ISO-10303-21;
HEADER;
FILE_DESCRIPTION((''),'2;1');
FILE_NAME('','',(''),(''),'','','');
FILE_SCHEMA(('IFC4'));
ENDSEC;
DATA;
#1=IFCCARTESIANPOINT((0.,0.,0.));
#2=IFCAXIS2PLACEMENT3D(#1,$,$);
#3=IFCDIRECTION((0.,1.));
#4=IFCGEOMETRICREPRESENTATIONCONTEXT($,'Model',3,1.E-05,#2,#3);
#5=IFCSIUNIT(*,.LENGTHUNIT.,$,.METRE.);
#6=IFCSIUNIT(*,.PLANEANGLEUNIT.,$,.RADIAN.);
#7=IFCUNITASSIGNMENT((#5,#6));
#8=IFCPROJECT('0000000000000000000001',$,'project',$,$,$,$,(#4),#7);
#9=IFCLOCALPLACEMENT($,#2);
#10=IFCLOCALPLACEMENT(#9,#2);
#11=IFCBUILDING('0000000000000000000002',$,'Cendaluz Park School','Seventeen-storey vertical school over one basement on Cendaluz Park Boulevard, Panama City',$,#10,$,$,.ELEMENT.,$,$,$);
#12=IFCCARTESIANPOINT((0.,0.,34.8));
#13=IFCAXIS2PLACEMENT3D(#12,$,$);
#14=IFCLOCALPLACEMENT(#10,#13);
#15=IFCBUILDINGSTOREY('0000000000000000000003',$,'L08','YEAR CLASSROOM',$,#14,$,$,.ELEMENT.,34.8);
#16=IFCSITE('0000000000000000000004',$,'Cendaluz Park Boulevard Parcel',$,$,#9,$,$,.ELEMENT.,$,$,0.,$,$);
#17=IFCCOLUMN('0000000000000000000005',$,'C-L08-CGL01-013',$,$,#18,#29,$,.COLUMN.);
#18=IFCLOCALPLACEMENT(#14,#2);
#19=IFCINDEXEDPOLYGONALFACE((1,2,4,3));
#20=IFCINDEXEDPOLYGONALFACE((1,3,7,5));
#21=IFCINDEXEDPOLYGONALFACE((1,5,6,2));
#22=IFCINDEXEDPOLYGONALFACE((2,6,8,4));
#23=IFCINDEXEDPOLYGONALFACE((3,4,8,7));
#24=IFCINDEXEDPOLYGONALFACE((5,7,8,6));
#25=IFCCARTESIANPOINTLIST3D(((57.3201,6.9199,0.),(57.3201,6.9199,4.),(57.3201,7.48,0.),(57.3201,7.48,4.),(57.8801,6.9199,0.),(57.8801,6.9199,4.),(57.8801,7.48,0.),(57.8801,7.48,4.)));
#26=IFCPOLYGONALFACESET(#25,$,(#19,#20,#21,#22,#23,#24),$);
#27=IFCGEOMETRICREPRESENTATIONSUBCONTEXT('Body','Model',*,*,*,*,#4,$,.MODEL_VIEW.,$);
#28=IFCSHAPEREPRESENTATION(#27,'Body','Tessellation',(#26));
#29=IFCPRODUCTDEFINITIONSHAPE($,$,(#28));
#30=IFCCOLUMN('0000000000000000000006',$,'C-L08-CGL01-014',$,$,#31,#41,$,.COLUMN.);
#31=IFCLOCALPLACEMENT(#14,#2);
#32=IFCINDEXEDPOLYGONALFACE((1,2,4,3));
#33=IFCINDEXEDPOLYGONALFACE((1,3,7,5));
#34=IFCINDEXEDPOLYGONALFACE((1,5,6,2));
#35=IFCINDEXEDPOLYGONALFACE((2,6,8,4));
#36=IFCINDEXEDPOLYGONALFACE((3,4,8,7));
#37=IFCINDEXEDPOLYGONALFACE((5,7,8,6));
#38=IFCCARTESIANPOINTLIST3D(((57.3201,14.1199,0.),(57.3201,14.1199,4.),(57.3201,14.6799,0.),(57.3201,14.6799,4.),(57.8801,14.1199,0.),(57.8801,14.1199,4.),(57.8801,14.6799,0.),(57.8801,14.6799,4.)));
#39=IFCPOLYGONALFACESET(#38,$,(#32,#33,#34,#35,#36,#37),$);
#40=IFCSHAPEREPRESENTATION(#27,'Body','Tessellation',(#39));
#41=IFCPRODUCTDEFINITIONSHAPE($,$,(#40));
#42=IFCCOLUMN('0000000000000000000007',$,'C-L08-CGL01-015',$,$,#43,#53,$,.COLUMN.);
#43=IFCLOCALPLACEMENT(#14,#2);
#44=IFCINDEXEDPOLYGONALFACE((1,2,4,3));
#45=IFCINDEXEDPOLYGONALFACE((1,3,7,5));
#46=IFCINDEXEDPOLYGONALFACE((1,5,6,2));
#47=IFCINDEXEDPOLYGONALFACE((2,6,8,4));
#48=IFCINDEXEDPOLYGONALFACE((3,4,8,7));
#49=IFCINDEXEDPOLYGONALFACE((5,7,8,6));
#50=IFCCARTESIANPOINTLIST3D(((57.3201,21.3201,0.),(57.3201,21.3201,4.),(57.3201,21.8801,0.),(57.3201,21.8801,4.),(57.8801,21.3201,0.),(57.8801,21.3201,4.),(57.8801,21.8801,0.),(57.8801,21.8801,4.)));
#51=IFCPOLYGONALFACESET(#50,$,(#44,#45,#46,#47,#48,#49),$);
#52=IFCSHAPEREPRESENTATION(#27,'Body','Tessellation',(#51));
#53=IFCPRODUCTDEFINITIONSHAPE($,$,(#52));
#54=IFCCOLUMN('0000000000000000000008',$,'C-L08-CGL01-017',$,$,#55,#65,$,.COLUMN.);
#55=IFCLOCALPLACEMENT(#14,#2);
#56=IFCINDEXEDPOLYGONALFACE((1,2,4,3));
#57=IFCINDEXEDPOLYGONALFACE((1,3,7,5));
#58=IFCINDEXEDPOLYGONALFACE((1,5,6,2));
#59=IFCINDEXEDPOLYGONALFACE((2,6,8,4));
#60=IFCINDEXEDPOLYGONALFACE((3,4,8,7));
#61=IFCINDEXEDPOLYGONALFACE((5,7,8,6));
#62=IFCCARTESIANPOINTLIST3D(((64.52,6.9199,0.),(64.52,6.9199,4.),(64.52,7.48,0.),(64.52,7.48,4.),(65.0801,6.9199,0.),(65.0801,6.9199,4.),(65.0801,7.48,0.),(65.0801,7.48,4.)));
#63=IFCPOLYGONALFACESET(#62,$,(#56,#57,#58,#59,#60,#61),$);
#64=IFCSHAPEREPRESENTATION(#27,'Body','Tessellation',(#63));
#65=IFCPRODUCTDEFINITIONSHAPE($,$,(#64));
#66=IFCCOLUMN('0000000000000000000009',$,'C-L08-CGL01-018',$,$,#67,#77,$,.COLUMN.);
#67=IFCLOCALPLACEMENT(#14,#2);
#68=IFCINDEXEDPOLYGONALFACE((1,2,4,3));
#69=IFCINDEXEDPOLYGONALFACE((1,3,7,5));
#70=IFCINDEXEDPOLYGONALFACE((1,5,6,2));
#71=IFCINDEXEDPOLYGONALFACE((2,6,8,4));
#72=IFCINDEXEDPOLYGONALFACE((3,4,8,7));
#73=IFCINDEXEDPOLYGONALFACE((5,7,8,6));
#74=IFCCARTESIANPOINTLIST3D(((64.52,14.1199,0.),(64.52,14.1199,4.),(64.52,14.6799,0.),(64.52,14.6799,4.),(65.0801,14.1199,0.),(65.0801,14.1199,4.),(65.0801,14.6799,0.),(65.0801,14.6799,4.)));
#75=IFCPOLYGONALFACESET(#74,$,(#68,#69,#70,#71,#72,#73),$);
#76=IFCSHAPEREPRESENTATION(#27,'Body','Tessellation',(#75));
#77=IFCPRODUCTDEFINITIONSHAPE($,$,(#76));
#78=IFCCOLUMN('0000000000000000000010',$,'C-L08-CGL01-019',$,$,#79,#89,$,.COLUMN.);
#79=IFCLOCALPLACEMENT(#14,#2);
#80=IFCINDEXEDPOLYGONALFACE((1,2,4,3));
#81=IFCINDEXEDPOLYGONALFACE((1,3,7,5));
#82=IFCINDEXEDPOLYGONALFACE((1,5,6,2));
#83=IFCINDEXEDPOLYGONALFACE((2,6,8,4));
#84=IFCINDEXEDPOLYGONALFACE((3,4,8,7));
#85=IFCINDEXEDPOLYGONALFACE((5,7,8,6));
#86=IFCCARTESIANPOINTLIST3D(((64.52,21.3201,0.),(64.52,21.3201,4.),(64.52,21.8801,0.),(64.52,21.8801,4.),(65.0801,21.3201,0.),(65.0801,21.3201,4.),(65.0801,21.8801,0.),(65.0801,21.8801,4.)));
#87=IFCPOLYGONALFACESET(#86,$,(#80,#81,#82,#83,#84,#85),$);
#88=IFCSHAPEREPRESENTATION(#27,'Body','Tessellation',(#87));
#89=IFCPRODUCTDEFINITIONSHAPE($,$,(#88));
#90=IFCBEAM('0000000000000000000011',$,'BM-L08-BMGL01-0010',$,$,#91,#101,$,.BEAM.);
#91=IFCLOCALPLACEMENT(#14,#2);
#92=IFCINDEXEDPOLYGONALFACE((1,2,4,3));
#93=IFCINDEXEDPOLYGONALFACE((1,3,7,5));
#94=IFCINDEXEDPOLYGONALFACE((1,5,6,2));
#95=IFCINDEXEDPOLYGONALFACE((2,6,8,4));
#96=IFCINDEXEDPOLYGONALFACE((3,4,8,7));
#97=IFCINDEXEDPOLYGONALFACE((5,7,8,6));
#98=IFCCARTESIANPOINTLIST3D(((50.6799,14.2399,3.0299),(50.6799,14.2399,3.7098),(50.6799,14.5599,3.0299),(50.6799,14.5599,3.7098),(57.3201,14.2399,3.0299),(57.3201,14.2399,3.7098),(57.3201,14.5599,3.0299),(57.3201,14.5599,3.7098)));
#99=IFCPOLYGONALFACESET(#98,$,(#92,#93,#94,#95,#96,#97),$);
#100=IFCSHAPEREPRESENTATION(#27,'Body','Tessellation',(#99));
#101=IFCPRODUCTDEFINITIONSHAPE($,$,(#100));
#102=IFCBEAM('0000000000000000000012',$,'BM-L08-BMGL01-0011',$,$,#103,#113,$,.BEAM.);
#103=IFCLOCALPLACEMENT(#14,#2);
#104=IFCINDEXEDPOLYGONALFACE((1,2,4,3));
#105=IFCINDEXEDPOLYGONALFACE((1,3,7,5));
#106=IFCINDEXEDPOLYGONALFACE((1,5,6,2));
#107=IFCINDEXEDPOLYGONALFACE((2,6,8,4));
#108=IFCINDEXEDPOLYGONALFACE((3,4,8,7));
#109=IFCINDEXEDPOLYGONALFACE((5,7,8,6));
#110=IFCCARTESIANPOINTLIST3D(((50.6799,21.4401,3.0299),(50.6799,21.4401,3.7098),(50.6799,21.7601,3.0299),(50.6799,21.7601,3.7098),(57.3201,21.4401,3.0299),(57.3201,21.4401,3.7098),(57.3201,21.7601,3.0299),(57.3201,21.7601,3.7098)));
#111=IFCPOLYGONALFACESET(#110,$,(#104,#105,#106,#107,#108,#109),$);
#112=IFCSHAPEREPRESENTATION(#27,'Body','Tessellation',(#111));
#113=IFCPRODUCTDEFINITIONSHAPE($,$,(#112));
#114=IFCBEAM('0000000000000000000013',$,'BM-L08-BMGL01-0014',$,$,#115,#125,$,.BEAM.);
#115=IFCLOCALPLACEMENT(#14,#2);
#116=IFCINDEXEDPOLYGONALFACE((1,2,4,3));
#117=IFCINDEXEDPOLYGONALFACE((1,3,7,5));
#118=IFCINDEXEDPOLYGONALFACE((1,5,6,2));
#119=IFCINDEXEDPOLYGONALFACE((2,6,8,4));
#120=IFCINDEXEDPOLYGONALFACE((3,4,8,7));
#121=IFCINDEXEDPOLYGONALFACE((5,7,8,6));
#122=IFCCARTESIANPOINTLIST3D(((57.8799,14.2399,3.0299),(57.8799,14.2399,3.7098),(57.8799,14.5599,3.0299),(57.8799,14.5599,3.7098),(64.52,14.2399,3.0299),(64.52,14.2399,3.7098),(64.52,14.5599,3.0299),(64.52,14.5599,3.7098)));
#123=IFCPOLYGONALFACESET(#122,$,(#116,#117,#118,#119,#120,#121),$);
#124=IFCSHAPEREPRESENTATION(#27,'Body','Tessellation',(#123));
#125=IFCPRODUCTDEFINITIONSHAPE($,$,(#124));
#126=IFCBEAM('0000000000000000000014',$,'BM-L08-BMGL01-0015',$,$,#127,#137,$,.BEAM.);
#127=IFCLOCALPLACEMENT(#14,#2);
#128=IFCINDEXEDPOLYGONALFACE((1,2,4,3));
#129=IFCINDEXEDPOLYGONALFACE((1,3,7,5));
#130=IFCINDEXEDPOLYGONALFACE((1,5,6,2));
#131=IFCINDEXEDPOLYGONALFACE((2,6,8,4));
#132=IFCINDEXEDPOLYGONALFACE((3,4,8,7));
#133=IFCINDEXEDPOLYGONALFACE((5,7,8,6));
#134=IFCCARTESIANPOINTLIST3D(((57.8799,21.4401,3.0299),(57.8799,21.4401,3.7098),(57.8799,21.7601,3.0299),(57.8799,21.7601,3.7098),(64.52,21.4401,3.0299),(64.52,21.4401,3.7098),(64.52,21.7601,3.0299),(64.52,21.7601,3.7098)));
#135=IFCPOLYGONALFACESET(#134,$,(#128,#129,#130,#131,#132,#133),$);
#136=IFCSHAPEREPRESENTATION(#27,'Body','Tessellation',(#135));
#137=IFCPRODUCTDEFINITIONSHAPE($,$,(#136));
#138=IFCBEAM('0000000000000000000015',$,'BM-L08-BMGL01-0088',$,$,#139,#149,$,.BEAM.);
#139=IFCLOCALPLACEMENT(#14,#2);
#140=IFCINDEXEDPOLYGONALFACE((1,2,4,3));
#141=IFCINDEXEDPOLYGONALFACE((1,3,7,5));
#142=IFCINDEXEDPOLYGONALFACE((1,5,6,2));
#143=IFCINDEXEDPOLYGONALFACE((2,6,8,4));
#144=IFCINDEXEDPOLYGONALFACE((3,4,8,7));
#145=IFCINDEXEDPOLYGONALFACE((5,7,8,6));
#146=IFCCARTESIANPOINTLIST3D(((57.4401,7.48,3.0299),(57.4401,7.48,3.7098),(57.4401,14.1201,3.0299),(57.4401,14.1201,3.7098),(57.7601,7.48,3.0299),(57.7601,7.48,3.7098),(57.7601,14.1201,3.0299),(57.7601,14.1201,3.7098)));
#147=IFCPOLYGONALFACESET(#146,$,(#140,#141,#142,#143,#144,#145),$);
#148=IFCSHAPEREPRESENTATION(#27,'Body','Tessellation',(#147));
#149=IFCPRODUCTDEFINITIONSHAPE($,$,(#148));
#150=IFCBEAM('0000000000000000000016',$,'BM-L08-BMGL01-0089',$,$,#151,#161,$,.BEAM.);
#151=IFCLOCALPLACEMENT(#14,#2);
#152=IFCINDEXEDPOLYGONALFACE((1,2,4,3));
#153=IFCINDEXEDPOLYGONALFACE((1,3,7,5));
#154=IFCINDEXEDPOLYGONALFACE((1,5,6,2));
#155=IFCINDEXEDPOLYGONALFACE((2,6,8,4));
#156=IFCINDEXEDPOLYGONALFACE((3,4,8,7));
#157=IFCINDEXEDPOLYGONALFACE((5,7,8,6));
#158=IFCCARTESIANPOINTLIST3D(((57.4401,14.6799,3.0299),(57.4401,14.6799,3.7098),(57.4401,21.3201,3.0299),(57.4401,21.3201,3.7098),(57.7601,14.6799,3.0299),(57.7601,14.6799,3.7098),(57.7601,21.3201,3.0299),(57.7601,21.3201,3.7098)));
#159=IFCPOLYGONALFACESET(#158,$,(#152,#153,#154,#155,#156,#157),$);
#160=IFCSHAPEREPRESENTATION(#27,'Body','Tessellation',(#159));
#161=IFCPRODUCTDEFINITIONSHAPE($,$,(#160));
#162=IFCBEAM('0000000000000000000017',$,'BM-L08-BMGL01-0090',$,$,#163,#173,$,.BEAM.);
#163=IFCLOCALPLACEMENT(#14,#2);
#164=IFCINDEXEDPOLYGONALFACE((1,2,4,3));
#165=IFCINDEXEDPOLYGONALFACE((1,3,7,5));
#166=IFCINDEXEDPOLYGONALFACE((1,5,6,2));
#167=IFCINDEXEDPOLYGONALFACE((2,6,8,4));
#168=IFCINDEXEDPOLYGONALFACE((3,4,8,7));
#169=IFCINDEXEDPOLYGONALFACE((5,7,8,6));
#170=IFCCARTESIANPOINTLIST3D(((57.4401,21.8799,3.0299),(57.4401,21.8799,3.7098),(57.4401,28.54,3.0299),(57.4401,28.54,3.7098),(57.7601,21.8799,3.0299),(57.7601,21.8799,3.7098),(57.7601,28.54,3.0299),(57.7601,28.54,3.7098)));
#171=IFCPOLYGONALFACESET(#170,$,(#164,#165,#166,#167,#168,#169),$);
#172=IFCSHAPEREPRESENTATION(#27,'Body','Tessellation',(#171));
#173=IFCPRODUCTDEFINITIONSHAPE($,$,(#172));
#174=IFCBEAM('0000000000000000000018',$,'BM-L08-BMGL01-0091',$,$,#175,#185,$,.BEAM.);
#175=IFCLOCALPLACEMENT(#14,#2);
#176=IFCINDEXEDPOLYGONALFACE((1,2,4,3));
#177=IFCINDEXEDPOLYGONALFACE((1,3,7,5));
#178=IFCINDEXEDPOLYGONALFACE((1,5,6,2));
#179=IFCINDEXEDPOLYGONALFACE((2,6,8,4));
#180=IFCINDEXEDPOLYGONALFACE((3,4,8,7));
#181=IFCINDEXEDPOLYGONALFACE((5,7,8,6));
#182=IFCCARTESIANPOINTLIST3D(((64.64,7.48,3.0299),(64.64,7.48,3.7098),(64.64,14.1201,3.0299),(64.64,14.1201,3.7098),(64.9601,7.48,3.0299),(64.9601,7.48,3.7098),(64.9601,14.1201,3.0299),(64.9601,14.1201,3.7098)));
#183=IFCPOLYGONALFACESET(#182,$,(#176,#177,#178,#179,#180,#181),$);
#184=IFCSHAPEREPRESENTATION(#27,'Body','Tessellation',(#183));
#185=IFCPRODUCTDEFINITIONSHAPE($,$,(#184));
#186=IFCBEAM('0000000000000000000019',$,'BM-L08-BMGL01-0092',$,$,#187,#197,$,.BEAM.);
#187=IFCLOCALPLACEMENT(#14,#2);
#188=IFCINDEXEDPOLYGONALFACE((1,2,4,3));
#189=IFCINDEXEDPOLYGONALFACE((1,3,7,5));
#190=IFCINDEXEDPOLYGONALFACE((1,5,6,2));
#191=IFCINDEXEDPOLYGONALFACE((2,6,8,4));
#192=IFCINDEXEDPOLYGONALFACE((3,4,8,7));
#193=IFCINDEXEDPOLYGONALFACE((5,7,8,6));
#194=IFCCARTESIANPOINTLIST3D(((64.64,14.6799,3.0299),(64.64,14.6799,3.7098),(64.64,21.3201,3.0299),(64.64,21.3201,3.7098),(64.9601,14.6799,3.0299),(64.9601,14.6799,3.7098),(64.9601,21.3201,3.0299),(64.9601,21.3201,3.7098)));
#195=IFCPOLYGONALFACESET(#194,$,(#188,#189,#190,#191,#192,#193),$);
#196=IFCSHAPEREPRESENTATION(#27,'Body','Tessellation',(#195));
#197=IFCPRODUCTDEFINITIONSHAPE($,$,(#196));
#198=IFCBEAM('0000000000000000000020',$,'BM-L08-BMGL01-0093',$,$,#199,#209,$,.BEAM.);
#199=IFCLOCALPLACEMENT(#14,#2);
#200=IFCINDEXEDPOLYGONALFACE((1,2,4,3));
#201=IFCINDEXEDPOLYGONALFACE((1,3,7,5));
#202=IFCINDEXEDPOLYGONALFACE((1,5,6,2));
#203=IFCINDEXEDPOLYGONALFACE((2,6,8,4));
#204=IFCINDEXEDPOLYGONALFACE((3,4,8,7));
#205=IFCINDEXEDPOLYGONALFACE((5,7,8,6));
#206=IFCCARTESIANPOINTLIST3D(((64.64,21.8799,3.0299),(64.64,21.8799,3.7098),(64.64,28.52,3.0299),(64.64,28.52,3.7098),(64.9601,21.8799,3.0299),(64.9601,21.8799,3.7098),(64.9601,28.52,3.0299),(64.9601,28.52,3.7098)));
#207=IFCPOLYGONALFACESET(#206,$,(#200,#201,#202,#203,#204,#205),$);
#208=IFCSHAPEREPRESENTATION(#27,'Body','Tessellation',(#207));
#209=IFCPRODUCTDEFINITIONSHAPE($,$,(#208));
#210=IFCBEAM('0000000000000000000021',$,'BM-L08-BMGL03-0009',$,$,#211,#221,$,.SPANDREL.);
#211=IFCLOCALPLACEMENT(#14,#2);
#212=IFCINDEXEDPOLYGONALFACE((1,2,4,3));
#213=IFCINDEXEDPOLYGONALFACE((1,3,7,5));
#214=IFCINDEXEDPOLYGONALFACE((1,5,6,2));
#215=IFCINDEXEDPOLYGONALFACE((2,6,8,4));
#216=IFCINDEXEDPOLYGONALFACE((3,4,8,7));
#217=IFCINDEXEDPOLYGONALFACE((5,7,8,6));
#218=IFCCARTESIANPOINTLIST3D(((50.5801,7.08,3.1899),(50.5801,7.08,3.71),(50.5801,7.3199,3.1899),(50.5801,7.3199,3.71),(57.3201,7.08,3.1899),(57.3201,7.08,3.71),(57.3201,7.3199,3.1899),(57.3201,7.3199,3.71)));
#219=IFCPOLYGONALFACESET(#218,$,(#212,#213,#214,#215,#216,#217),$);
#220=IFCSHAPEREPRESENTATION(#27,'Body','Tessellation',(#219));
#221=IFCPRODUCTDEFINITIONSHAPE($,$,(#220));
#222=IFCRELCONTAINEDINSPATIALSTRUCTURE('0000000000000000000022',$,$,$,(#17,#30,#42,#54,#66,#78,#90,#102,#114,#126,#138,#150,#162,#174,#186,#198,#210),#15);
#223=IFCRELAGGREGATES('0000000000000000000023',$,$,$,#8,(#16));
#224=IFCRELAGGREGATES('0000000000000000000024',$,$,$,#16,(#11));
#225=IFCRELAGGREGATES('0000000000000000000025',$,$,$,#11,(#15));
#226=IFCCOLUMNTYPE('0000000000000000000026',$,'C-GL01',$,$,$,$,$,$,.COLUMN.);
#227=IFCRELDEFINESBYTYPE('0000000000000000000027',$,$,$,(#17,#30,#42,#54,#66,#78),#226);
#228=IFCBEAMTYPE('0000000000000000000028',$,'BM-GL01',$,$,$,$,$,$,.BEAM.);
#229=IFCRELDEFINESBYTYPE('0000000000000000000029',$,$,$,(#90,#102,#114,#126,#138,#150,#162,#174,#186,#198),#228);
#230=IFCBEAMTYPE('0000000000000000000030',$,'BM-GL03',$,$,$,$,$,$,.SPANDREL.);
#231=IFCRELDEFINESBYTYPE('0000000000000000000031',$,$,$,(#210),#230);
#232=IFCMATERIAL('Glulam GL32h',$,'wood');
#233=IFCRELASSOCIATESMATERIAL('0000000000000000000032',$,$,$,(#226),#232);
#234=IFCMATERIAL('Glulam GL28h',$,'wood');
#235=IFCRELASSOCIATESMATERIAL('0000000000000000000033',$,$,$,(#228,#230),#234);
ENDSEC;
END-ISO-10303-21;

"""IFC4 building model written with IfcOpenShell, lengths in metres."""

from ifc_helpers import new_model, si_unit, direction, frame, origin, origin_2d, place, context, subcontext, project, spatial, rectangle, extrude, material, material_profile, profile_set, type_object, element, save


model = new_model("IFC4")

# Units and contexts
model_context = context("Model", 3, precision=1e-05, world=origin(), true_north=direction((0.0, 1.0)))
body_context = subcontext(model_context, "Body", "Model", "MODEL_VIEW")
ifc_project = project(units=[si_unit("LENGTHUNIT", "METRE"), si_unit("PLANEANGLEUNIT", "RADIAN")], contexts=[model_context])

# Site, building, storey
site_placement = place(None, origin())
site = spatial("IfcSite", under=ifc_project, at=site_placement, Name="Cendaluz Park Boulevard Parcel", CompositionType="ELEMENT", RefElevation=0.0)
building_placement = place(site_placement, origin())
building = spatial("IfcBuilding", under=site, at=building_placement, Name="Cendaluz Park School", Description="Seventeen-storey vertical school over one basement on Cendaluz Park Boulevard, Panama City", CompositionType="ELEMENT")
storey_placement = place(building_placement, frame((0.0, 0.0, 34.8)))
storey = spatial("IfcBuildingStorey", under=building, at=storey_placement, Name="L08", Description="YEAR CLASSROOM", CompositionType="ELEMENT", Elevation=34.8)

# Columns
ifc_material_1 = material(Name="Glulam GL32h", Category="wood")
ifc_material_profile_1 = material_profile(ifc_material_1, rectangle(XDim=0.5601, YDim=0.5601, at=origin_2d()), Name="GL32h 560x560", Category="wood")
ifc_profile_set_1 = profile_set([ifc_material_profile_1], Name="Glulam GL32h")
column_type = type_object("IfcColumnType", Name="C-GL01", PredefinedType="COLUMN", material=ifc_profile_set_1)
for number, where, z_axis, x_axis, name in (
    (1, (57.6001, 7.2, 0.0), (0.0, 0.0, 1.0), (1.0, 0.0, 0.0), "C-L08-CGL01-013"),
    (2, (57.6001, 14.3999, 0.0), (0.0, 0.0, 1.0), (1.0, 0.0, 0.0), "C-L08-CGL01-014"),
    (3, (57.6001, 21.6001, 0.0), (0.0, 0.0, 1.0), (1.0, 0.0, 0.0), "C-L08-CGL01-015"),
    (4, (64.8, 7.2, 0.0), (0.0, 0.0, 1.0), (1.0, 0.0, 0.0), "C-L08-CGL01-017"),
    (5, (64.8, 14.3999, 0.0), (0.0, 0.0, 1.0), (1.0, 0.0, 0.0), "C-L08-CGL01-018"),
    (6, (64.8, 21.6001, 0.0), (0.0, 0.0, 1.0), (1.0, 0.0, 0.0), "C-L08-CGL01-019"),
):
    element("IfcColumn", number, at=place(storey_placement, frame(where, z_axis=z_axis, x_axis=x_axis)), inside=storey, type_object=column_type, Name=name, PredefinedType="COLUMN", context=body_context, shape_type="SweptSolid", body=[
        extrude(rectangle(XDim=0.5601, YDim=0.5601, at=origin_2d()), origin(), (0.0, 0.0, 1.0), 4.0),
    ])

# Beams
ifc_material_2 = material(Name="Glulam GL28h", Category="wood")
ifc_material_profile_2 = material_profile(ifc_material_2, rectangle(XDim=0.3201, YDim=0.6799, at=origin_2d()), Name="GL28h 320x680", Category="wood")
ifc_profile_set_2 = profile_set([ifc_material_profile_2], Name="Glulam GL28h")
beam_type_1 = type_object("IfcBeamType", Name="BM-GL01", PredefinedType="BEAM", material=ifc_profile_set_2)
for number, where, z_axis, x_axis, name in (
    (7, (50.6799, 14.3999, 3.3699), (1.0, 0.0, 0.0), (0.0, 1.0, 0.0), "BM-L08-BMGL01-0010"),
    (8, (50.6799, 21.6001, 3.3699), (1.0, 0.0, 0.0), (0.0, 1.0, 0.0), "BM-L08-BMGL01-0011"),
    (9, (57.8799, 14.3999, 3.3699), (1.0, 0.0, 0.0), (0.0, 1.0, 0.0), "BM-L08-BMGL01-0014"),
    (10, (57.8799, 21.6001, 3.3699), (1.0, 0.0, 0.0), (0.0, 1.0, 0.0), "BM-L08-BMGL01-0015"),
    (11, (57.6001, 7.48, 3.3699), (0.0, 1.0, 0.0), (-1.0, 0.0, 0.0), "BM-L08-BMGL01-0088"),
    (12, (57.6001, 14.6799, 3.3699), (0.0, 1.0, 0.0), (-1.0, 0.0, 0.0), "BM-L08-BMGL01-0089"),
):
    element("IfcBeam", number, at=place(storey_placement, frame(where, z_axis=z_axis, x_axis=x_axis)), inside=storey, type_object=beam_type_1, Name=name, PredefinedType="BEAM", context=body_context, shape_type="SweptSolid", body=[
        extrude(rectangle(XDim=0.3201, YDim=0.6799, at=origin_2d()), origin(), (0.0, 0.0, 1.0), 6.6401),
    ])
beam_1_placement = place(storey_placement, frame((57.6001, 21.8799, 3.3699), z_axis=(0.0, 1.0, 0.0), x_axis=(-1.0, 0.0, 0.0)))
element("IfcBeam", 13, at=beam_1_placement, inside=storey, type_object=beam_type_1, Name="BM-L08-BMGL01-0090", PredefinedType="BEAM", context=body_context, shape_type="SweptSolid", body=[
    extrude(rectangle(XDim=0.3201, YDim=0.6799, at=origin_2d()), origin(), (0.0, 0.0, 1.0), 6.6602),
])
for number, where, z_axis, x_axis, name in (
    (14, (64.8, 7.48, 3.3699), (0.0, 1.0, 0.0), (-1.0, 0.0, 0.0), "BM-L08-BMGL01-0091"),
    (15, (64.8, 14.6799, 3.3699), (0.0, 1.0, 0.0), (-1.0, 0.0, 0.0), "BM-L08-BMGL01-0092"),
    (16, (64.8, 21.8799, 3.3699), (0.0, 1.0, 0.0), (-1.0, 0.0, 0.0), "BM-L08-BMGL01-0093"),
):
    element("IfcBeam", number, at=place(storey_placement, frame(where, z_axis=z_axis, x_axis=x_axis)), inside=storey, type_object=beam_type_1, Name=name, PredefinedType="BEAM", context=body_context, shape_type="SweptSolid", body=[
        extrude(rectangle(XDim=0.3201, YDim=0.6799, at=origin_2d()), origin(), (0.0, 0.0, 1.0), 6.6401),
    ])
ifc_material_profile_3 = material_profile(ifc_material_2, rectangle(XDim=0.24, YDim=0.52, at=origin_2d()), Name="GL28h 240x520", Category="wood")
ifc_profile_set_3 = profile_set([ifc_material_profile_3], Name="Glulam GL28h")
beam_type_2 = type_object("IfcBeamType", Name="BM-GL03", PredefinedType="SPANDREL", material=ifc_profile_set_3)
beam_2_placement = place(storey_placement, frame((50.5801, 7.2, 3.45), z_axis=(1.0, 0.0, 0.0), x_axis=(0.0, 1.0, 0.0)))
element("IfcBeam", 17, at=beam_2_placement, inside=storey, type_object=beam_type_2, Name="BM-L08-BMGL03-0009", PredefinedType="SPANDREL", context=body_context, shape_type="SweptSolid", body=[
    extrude(rectangle(XDim=0.24, YDim=0.52, at=origin_2d()), origin(), (0.0, 0.0, 1.0), 6.74),
])

save(model, "model.ifc")
